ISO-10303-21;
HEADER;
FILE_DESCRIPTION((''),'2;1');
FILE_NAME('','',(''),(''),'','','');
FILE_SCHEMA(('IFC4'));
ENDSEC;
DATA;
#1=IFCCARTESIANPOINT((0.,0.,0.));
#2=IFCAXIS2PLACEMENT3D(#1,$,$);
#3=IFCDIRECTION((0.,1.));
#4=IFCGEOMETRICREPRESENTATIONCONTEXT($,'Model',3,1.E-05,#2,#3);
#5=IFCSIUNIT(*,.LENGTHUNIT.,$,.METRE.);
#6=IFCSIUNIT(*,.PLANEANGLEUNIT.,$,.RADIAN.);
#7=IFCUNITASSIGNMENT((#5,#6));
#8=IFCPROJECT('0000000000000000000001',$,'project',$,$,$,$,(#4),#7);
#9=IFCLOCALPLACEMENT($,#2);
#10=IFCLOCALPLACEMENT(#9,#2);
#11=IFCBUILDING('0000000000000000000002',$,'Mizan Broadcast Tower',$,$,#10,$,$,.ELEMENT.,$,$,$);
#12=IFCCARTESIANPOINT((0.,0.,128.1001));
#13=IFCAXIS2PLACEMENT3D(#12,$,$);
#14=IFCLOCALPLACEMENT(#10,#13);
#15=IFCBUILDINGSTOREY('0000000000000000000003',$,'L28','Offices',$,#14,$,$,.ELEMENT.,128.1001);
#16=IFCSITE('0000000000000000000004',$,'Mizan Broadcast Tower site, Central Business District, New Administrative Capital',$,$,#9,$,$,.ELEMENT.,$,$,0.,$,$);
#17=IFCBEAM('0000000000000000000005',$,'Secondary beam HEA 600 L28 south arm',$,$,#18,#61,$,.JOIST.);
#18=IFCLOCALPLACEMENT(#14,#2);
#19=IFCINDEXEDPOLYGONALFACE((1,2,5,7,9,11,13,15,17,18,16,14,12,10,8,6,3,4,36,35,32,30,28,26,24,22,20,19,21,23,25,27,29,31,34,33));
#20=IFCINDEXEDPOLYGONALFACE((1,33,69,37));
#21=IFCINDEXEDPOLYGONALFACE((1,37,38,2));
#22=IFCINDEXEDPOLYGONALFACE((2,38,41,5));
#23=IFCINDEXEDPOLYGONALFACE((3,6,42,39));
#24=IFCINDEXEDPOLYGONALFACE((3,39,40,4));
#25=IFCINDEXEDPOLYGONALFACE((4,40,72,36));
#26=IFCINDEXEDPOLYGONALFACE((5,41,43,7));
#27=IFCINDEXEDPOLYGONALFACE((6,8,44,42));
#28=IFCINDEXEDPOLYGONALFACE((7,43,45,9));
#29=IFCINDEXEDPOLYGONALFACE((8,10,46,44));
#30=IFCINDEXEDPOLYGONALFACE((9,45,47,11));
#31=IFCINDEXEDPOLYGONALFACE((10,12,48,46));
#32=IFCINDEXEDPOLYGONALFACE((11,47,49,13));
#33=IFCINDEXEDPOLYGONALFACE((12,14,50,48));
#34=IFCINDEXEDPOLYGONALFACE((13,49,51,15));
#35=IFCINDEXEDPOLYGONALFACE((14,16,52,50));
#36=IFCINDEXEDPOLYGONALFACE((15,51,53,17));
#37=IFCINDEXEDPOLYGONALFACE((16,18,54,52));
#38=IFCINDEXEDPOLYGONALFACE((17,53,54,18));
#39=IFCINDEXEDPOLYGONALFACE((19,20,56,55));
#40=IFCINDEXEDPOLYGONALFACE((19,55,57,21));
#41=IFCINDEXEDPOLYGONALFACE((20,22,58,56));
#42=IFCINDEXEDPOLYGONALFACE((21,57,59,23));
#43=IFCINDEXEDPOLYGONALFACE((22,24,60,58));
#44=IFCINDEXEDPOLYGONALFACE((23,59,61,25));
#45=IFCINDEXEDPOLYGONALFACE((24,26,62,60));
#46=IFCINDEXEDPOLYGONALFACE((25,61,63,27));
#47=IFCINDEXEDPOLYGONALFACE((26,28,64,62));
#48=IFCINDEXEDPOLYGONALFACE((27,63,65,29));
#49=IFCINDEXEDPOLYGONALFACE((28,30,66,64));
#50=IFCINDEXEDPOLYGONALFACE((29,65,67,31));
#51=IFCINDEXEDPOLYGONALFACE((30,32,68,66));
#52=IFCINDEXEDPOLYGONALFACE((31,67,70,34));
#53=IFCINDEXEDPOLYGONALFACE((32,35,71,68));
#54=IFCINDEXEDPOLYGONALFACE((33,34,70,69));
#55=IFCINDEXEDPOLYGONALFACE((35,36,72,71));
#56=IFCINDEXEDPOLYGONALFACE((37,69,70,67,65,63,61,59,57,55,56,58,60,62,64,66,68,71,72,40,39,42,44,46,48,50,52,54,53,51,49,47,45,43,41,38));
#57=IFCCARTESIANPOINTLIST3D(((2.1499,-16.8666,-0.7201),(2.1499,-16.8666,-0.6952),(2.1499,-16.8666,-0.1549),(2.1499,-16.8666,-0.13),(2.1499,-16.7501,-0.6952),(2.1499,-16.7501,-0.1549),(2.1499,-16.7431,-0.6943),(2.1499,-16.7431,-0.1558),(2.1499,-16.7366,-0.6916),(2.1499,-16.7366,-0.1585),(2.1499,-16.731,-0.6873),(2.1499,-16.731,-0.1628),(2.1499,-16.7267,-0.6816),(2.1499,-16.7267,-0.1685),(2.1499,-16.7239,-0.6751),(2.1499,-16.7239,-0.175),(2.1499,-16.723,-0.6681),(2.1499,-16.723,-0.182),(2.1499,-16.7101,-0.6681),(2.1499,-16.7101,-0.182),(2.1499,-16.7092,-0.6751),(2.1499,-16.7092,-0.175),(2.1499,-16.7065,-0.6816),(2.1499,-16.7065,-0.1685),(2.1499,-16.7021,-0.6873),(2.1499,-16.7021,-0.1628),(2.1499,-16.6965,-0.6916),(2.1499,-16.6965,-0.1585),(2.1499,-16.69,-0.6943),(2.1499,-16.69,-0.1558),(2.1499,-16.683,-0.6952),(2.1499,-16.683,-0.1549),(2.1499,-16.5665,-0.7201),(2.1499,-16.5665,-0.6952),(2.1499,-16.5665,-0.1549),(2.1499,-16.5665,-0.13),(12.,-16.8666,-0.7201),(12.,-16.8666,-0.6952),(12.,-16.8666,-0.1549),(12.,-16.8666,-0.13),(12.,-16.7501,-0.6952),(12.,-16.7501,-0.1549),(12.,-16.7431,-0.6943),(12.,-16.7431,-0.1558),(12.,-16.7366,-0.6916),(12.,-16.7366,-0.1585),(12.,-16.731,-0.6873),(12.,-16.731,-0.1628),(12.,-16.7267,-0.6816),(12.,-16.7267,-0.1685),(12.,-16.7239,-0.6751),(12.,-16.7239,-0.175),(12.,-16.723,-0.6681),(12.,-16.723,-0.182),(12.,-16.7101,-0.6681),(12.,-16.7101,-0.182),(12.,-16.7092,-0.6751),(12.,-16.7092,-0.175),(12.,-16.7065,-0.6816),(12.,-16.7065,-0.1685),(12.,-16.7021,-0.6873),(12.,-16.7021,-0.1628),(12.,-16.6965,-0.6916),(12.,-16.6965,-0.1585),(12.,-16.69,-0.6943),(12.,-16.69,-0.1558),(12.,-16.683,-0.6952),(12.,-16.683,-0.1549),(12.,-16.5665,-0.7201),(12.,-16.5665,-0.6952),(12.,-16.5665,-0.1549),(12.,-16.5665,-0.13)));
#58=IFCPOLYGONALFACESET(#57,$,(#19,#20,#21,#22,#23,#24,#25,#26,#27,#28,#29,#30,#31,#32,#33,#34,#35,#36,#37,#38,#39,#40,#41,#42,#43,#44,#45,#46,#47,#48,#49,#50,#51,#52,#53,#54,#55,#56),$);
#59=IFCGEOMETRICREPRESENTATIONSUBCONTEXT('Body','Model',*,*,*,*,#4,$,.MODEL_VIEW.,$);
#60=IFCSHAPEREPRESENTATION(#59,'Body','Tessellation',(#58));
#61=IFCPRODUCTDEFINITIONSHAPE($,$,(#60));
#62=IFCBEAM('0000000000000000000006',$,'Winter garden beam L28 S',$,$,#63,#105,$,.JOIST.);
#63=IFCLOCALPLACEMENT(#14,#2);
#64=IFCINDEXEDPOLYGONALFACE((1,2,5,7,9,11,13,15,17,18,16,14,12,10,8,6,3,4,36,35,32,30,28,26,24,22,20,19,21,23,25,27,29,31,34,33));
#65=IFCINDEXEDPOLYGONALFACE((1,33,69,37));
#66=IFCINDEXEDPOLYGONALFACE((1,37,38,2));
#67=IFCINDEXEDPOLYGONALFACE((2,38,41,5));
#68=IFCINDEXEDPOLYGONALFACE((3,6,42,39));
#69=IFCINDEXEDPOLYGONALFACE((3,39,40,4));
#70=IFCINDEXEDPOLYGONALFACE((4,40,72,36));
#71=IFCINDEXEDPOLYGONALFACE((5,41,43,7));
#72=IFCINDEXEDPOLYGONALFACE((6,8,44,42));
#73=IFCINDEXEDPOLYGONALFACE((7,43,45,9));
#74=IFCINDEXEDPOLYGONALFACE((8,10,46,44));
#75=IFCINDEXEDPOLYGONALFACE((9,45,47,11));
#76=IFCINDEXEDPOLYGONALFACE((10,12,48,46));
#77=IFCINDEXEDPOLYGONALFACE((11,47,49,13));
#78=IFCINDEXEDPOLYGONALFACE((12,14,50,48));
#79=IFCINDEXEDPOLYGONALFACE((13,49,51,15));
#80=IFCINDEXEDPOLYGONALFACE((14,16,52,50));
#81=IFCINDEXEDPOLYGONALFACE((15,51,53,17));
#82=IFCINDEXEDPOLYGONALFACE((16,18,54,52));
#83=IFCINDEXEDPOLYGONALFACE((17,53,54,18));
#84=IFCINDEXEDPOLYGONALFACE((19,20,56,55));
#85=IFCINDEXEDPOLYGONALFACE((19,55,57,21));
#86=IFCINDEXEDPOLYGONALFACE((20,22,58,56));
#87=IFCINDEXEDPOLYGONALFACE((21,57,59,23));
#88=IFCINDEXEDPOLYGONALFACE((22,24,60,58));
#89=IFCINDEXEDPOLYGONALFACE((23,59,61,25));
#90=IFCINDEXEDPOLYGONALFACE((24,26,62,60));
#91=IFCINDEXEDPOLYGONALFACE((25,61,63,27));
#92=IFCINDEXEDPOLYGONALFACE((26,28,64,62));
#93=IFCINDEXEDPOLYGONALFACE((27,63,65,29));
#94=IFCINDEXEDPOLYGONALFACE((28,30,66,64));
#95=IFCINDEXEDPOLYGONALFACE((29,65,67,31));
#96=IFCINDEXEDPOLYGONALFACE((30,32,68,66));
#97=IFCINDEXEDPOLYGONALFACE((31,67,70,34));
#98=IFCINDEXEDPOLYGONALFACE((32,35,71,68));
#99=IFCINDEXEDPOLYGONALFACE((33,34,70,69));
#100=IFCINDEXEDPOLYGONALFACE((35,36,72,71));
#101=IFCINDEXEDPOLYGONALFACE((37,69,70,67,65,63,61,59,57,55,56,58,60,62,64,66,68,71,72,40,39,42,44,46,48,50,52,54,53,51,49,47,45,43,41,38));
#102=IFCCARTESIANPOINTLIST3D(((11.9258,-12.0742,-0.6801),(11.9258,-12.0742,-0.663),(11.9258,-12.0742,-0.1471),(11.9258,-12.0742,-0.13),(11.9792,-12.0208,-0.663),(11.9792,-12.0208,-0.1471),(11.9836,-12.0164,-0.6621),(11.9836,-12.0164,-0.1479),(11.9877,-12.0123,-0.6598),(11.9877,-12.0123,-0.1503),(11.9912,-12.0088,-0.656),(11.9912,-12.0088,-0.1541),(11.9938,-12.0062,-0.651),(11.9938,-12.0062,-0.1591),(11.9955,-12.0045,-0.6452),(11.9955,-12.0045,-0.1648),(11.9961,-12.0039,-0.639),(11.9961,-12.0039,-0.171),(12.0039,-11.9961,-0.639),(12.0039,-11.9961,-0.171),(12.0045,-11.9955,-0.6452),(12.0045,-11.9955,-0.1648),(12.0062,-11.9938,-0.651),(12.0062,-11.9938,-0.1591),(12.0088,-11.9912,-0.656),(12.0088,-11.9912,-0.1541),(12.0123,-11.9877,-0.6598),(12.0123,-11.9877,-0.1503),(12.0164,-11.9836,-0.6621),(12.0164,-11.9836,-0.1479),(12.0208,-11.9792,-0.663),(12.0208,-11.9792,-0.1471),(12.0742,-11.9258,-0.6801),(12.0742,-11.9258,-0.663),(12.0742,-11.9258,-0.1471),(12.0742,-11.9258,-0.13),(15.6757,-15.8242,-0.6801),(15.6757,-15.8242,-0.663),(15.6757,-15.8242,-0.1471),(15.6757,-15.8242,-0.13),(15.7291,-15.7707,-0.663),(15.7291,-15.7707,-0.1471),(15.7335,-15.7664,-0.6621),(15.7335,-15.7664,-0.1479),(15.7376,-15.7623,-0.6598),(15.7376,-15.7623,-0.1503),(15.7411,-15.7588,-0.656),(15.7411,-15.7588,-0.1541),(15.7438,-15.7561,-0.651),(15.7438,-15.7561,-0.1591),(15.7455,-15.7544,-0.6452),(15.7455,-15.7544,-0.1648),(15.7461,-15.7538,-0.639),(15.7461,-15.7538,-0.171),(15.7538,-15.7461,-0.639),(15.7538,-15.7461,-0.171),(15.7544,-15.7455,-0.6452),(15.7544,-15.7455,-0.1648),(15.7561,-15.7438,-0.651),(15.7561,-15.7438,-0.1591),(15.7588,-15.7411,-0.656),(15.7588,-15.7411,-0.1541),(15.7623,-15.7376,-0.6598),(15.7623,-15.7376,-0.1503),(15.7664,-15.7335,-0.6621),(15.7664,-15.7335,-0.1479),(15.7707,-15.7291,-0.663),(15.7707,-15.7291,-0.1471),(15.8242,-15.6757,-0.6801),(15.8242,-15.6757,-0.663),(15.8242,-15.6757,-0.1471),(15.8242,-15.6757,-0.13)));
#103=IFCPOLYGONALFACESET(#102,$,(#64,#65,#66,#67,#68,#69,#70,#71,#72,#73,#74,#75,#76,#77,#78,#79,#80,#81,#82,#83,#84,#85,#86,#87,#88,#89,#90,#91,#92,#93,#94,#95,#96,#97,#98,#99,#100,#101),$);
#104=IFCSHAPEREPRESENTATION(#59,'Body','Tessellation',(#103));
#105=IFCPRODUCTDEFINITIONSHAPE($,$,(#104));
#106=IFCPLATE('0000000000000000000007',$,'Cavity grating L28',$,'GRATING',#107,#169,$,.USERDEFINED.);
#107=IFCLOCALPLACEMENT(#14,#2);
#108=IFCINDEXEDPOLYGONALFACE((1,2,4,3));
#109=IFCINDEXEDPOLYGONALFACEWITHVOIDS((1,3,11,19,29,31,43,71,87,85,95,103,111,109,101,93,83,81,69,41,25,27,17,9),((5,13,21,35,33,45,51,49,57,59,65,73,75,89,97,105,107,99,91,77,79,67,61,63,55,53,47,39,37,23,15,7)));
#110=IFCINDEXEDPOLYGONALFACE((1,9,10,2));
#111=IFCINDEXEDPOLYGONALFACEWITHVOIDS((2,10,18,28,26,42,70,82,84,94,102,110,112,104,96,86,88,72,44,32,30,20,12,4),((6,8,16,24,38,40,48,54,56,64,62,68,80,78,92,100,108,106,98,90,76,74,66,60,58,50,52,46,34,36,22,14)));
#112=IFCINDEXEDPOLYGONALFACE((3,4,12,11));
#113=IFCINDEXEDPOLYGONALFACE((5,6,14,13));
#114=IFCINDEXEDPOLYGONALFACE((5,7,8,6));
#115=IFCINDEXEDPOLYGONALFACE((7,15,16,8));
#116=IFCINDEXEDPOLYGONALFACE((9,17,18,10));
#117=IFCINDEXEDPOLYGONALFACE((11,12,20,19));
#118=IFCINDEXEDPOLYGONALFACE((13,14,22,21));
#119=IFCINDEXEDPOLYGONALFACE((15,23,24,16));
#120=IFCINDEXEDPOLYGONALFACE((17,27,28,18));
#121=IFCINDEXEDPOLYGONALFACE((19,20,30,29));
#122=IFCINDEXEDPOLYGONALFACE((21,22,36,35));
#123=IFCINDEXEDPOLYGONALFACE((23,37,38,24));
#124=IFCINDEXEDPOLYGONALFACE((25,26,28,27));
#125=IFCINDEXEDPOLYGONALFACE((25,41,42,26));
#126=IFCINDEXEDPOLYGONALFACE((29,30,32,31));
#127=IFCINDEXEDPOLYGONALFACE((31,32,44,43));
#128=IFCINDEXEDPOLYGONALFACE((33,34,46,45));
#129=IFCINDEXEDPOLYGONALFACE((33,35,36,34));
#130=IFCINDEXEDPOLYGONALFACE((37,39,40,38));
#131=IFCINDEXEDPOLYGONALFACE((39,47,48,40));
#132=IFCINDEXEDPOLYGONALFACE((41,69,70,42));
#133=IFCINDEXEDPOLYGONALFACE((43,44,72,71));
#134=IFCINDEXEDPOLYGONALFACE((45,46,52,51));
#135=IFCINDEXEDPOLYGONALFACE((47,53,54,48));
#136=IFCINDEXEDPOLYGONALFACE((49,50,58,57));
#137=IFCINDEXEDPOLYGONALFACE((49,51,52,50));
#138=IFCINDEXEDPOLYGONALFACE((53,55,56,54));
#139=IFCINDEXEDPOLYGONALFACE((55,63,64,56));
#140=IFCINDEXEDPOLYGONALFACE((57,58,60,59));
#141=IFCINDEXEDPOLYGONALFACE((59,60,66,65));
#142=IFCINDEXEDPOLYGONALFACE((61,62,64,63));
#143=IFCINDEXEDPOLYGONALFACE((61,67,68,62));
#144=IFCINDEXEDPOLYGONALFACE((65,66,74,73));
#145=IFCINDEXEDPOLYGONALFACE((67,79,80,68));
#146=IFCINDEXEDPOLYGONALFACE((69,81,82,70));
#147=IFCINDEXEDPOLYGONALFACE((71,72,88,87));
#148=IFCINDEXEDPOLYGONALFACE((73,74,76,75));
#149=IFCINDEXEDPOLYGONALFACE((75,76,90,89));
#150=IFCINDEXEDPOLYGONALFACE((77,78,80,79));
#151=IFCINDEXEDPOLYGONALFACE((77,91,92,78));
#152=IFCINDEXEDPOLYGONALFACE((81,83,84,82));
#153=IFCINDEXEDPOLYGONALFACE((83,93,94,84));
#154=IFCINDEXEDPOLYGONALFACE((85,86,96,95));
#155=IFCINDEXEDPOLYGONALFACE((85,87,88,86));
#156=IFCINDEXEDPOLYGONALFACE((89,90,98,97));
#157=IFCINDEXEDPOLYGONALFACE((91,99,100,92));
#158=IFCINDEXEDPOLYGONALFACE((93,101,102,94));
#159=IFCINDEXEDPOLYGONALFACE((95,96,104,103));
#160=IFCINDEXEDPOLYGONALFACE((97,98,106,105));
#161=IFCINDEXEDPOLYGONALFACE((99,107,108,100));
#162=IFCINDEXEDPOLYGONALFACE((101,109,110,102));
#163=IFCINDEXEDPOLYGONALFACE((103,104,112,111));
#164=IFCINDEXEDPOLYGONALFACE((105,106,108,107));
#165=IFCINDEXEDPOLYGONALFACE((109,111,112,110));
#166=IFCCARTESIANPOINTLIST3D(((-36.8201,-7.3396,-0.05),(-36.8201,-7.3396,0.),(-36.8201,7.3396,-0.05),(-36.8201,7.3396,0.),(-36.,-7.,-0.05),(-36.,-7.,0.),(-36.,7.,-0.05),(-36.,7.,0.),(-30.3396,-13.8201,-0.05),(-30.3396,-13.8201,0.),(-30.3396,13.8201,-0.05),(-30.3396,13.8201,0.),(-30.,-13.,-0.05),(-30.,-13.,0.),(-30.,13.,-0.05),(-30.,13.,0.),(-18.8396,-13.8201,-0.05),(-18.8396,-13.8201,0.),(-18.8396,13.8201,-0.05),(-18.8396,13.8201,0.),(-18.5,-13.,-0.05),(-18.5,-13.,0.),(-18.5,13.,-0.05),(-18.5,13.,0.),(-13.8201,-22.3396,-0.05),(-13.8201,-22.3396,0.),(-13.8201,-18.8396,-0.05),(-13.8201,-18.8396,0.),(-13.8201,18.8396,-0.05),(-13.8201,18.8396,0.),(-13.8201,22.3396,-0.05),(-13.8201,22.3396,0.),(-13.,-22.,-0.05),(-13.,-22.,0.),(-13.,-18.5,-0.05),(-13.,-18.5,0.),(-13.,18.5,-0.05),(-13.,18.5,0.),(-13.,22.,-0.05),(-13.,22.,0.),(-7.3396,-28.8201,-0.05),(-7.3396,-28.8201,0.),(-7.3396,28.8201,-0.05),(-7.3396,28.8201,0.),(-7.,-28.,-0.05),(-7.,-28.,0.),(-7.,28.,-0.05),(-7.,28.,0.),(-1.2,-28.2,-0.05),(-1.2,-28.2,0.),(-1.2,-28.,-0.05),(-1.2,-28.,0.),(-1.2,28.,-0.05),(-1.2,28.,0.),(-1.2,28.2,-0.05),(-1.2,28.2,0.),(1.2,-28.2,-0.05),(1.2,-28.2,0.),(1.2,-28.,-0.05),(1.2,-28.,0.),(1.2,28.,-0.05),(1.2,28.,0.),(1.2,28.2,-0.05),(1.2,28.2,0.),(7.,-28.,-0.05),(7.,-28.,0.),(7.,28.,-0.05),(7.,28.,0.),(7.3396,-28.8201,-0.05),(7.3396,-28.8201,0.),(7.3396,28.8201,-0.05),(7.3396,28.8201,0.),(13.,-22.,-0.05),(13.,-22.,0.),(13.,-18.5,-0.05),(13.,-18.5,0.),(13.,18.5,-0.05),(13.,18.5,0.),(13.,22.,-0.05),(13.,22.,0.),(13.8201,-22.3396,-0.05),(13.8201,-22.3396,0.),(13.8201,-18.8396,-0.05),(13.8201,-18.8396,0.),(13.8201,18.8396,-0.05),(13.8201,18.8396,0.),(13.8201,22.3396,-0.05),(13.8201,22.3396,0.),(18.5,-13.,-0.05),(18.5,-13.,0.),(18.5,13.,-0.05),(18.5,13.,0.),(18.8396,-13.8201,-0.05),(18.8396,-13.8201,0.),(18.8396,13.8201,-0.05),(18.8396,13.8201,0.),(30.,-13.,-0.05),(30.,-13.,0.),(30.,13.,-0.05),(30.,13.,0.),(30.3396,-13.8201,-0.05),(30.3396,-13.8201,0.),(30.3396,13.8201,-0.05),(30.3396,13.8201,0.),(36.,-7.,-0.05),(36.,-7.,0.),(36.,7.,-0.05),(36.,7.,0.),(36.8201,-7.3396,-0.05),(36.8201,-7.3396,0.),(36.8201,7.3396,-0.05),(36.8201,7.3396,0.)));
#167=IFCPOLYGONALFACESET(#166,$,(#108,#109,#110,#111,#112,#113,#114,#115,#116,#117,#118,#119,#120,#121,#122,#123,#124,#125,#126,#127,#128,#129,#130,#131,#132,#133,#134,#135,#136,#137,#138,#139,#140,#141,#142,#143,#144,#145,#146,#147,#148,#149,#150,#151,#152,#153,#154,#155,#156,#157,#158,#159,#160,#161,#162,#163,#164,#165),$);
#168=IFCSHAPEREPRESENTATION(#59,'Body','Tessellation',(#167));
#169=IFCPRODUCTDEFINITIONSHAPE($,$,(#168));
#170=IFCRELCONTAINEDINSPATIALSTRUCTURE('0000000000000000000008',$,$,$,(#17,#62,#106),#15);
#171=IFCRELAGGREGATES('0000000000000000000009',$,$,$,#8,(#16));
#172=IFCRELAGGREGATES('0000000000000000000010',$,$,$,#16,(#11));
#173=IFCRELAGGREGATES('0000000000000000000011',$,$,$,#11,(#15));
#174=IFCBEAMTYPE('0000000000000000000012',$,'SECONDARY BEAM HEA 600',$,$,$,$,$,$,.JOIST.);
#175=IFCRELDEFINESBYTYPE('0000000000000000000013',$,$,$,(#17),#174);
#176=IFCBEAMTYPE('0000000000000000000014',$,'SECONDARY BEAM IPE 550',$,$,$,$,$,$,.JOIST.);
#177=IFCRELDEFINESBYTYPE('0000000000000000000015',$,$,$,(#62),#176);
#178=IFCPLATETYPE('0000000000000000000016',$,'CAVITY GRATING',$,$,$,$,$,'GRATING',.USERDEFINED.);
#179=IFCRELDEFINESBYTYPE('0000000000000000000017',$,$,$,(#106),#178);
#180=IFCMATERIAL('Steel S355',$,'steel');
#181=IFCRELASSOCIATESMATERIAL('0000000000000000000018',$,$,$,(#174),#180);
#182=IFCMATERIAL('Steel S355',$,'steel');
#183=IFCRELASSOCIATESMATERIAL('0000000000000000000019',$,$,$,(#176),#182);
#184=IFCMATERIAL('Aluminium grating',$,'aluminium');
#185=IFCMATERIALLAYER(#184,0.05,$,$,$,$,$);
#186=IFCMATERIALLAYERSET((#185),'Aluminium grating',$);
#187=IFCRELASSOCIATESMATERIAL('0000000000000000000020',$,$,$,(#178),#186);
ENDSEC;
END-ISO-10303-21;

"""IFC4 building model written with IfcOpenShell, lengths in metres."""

from ifc_helpers import new_model, si_unit, direction, frame, origin, origin_2d, place, context, subcontext, project, spatial, polyline, i_section, outline, extrude, material, layer, layer_set, material_profile, profile_set, type_object, element, save


model = new_model("IFC4")

# Units and contexts
model_context = context("Model", 3, precision=1e-05, world=origin(), true_north=direction((0.0, 1.0)))
body_context = subcontext(model_context, "Body", "Model", "MODEL_VIEW")
ifc_project = project(units=[si_unit("LENGTHUNIT", "METRE"), si_unit("PLANEANGLEUNIT", "RADIAN")], contexts=[model_context])

# Site, building, storey
site_placement = place(None, origin())
site = spatial("IfcSite", under=ifc_project, at=site_placement, Name="Mizan Broadcast Tower site, Central Business District, New Administrative Capital", CompositionType="ELEMENT", RefElevation=0.0)
building_placement = place(site_placement, origin())
building = spatial("IfcBuilding", under=site, at=building_placement, Name="Mizan Broadcast Tower", CompositionType="ELEMENT")
storey_placement = place(building_placement, frame((0.0, 0.0, 128.1001)))
storey = spatial("IfcBuildingStorey", under=building, at=storey_placement, Name="L28", Description="Offices", CompositionType="ELEMENT", Elevation=128.1001)

# Beams
ifc_material_1 = material(Name="Steel S355", Category="steel")
ifc_material_profile_1 = material_profile(ifc_material_1, i_section(OverallWidth=0.3, OverallDepth=0.5901, WebThickness=0.0129, FlangeThickness=0.0249, FilletRadius=0.0271, at=origin_2d()), Name="HEA 600")
ifc_profile_set_1 = profile_set([ifc_material_profile_1], Name="Steel S355")
beam_type_1 = type_object("IfcBeamType", Name="SECONDARY BEAM HEA 600", PredefinedType="JOIST", material=ifc_profile_set_1)
for number, where, z_axis, x_axis, name in (
    (1, (12.0, -16.7166, -0.425), (-1.0, 0.0, 0.0), (0.0, -1.0, 0.0), "Secondary beam HEA 600 L28 south arm"),
):
    element("IfcBeam", number, at=place(storey_placement, frame(where, z_axis=z_axis, x_axis=x_axis)), inside=storey, type_object=beam_type_1, Name=name, PredefinedType="JOIST", context=body_context, shape_type="SweptSolid", body=[
        extrude(i_section(OverallWidth=0.3, OverallDepth=0.5901, WebThickness=0.0129, FlangeThickness=0.0249, FilletRadius=0.0271, at=origin_2d()), origin(), (0.0, 0.0, 1.0), 9.8501),
    ])
ifc_material_2 = material(Name="Steel S355", Category="steel")
ifc_material_profile_2 = material_profile(ifc_material_2, i_section(OverallWidth=0.21, OverallDepth=0.55, WebThickness=0.011, FlangeThickness=0.0171, FilletRadius=0.0239, at=origin_2d()), Name="IPE 550")
ifc_profile_set_2 = profile_set([ifc_material_profile_2], Name="Steel S355")
beam_type_2 = type_object("IfcBeamType", Name="SECONDARY BEAM IPE 550", PredefinedType="JOIST", material=ifc_profile_set_2)
beam_1_placement = place(storey_placement, frame((12.0, -12.0, -0.405), z_axis=(0.707107, -0.707107, 0.0), x_axis=(0.707107, 0.707107, 0.0)))
element("IfcBeam", 2, at=beam_1_placement, inside=storey, type_object=beam_type_2, Name="Winter garden beam L28 S", PredefinedType="JOIST", context=body_context, shape_type="SweptSolid", body=[
    extrude(i_section(OverallWidth=0.21, OverallDepth=0.55, WebThickness=0.011, FlangeThickness=0.0171, FilletRadius=0.0239, at=origin_2d()), origin(), (0.0, 0.0, 1.0), 5.3032),
])

# Plate
ifc_material_3 = material(Name="Aluminium grating", Category="aluminium")
ifc_layer_1 = layer(ifc_material_3, 0.05)
ifc_layer_set_1 = layer_set([ifc_layer_1], Name="Aluminium grating")
plate_type = type_object("IfcPlateType", Name="CAVITY GRATING", ElementType="GRATING", PredefinedType="USERDEFINED", material=ifc_layer_set_1)
plate_placement = place(storey_placement, frame((0.0, 0.0, -0.05)))
element("IfcPlate", 3, at=plate_placement, inside=storey, type_object=plate_type, Name="Cavity grating L28", ObjectType="GRATING", PredefinedType="USERDEFINED", context=body_context, shape_type="SweptSolid", body=[
    extrude(outline(polyline([(13.8201, -18.8396), (18.8396, -13.8201), (30.3396, -13.8201), (36.8201, -7.3396), (36.8201, 7.3396), (30.3396, 13.8201), (18.8396, 13.8201), (13.8201, 18.8396), (13.8201, 22.3396), (7.3396, 28.8201), (-7.3396, 28.8201), (-13.8201, 22.3396), (-13.8201, 18.8396), (-18.8396, 13.8201), (-30.3396, 13.8201), (-36.8201, 7.3396), (-36.8201, -7.3396), (-30.3396, -13.8201), (-18.8396, -13.8201), (-13.8201, -18.8396), (-13.8201, -22.3396), (-7.3396, -28.8201), (7.3396, -28.8201), (13.8201, -22.3396), (13.8201, -18.8396)]), holes=[polyline([(36.0, 7.0), (36.0, -7.0), (30.0, -13.0), (18.5, -13.0), (13.0, -18.5), (13.0, -22.0), (7.0, -28.0), (1.2, -28.0), (1.2, -28.2), (-1.2, -28.2), (-1.2, -28.0), (-7.0, -28.0), (-13.0, -22.0), (-13.0, -18.5), (-18.5, -13.0), (-30.0, -13.0), (-36.0, -7.0), (-36.0, 7.0), (-30.0, 13.0), (-18.5, 13.0), (-13.0, 18.5), (-13.0, 22.0), (-7.0, 28.0), (-1.2, 28.0), (-1.2, 28.2), (1.2, 28.2), (1.2, 28.0), (7.0, 28.0), (13.0, 22.0), (13.0, 18.5), (18.5, 13.0), (30.0, 13.0), (36.0, 7.0)])]), origin(), (0.0, 0.0, 1.0), 0.05),
])

save(model, "model.ifc")
